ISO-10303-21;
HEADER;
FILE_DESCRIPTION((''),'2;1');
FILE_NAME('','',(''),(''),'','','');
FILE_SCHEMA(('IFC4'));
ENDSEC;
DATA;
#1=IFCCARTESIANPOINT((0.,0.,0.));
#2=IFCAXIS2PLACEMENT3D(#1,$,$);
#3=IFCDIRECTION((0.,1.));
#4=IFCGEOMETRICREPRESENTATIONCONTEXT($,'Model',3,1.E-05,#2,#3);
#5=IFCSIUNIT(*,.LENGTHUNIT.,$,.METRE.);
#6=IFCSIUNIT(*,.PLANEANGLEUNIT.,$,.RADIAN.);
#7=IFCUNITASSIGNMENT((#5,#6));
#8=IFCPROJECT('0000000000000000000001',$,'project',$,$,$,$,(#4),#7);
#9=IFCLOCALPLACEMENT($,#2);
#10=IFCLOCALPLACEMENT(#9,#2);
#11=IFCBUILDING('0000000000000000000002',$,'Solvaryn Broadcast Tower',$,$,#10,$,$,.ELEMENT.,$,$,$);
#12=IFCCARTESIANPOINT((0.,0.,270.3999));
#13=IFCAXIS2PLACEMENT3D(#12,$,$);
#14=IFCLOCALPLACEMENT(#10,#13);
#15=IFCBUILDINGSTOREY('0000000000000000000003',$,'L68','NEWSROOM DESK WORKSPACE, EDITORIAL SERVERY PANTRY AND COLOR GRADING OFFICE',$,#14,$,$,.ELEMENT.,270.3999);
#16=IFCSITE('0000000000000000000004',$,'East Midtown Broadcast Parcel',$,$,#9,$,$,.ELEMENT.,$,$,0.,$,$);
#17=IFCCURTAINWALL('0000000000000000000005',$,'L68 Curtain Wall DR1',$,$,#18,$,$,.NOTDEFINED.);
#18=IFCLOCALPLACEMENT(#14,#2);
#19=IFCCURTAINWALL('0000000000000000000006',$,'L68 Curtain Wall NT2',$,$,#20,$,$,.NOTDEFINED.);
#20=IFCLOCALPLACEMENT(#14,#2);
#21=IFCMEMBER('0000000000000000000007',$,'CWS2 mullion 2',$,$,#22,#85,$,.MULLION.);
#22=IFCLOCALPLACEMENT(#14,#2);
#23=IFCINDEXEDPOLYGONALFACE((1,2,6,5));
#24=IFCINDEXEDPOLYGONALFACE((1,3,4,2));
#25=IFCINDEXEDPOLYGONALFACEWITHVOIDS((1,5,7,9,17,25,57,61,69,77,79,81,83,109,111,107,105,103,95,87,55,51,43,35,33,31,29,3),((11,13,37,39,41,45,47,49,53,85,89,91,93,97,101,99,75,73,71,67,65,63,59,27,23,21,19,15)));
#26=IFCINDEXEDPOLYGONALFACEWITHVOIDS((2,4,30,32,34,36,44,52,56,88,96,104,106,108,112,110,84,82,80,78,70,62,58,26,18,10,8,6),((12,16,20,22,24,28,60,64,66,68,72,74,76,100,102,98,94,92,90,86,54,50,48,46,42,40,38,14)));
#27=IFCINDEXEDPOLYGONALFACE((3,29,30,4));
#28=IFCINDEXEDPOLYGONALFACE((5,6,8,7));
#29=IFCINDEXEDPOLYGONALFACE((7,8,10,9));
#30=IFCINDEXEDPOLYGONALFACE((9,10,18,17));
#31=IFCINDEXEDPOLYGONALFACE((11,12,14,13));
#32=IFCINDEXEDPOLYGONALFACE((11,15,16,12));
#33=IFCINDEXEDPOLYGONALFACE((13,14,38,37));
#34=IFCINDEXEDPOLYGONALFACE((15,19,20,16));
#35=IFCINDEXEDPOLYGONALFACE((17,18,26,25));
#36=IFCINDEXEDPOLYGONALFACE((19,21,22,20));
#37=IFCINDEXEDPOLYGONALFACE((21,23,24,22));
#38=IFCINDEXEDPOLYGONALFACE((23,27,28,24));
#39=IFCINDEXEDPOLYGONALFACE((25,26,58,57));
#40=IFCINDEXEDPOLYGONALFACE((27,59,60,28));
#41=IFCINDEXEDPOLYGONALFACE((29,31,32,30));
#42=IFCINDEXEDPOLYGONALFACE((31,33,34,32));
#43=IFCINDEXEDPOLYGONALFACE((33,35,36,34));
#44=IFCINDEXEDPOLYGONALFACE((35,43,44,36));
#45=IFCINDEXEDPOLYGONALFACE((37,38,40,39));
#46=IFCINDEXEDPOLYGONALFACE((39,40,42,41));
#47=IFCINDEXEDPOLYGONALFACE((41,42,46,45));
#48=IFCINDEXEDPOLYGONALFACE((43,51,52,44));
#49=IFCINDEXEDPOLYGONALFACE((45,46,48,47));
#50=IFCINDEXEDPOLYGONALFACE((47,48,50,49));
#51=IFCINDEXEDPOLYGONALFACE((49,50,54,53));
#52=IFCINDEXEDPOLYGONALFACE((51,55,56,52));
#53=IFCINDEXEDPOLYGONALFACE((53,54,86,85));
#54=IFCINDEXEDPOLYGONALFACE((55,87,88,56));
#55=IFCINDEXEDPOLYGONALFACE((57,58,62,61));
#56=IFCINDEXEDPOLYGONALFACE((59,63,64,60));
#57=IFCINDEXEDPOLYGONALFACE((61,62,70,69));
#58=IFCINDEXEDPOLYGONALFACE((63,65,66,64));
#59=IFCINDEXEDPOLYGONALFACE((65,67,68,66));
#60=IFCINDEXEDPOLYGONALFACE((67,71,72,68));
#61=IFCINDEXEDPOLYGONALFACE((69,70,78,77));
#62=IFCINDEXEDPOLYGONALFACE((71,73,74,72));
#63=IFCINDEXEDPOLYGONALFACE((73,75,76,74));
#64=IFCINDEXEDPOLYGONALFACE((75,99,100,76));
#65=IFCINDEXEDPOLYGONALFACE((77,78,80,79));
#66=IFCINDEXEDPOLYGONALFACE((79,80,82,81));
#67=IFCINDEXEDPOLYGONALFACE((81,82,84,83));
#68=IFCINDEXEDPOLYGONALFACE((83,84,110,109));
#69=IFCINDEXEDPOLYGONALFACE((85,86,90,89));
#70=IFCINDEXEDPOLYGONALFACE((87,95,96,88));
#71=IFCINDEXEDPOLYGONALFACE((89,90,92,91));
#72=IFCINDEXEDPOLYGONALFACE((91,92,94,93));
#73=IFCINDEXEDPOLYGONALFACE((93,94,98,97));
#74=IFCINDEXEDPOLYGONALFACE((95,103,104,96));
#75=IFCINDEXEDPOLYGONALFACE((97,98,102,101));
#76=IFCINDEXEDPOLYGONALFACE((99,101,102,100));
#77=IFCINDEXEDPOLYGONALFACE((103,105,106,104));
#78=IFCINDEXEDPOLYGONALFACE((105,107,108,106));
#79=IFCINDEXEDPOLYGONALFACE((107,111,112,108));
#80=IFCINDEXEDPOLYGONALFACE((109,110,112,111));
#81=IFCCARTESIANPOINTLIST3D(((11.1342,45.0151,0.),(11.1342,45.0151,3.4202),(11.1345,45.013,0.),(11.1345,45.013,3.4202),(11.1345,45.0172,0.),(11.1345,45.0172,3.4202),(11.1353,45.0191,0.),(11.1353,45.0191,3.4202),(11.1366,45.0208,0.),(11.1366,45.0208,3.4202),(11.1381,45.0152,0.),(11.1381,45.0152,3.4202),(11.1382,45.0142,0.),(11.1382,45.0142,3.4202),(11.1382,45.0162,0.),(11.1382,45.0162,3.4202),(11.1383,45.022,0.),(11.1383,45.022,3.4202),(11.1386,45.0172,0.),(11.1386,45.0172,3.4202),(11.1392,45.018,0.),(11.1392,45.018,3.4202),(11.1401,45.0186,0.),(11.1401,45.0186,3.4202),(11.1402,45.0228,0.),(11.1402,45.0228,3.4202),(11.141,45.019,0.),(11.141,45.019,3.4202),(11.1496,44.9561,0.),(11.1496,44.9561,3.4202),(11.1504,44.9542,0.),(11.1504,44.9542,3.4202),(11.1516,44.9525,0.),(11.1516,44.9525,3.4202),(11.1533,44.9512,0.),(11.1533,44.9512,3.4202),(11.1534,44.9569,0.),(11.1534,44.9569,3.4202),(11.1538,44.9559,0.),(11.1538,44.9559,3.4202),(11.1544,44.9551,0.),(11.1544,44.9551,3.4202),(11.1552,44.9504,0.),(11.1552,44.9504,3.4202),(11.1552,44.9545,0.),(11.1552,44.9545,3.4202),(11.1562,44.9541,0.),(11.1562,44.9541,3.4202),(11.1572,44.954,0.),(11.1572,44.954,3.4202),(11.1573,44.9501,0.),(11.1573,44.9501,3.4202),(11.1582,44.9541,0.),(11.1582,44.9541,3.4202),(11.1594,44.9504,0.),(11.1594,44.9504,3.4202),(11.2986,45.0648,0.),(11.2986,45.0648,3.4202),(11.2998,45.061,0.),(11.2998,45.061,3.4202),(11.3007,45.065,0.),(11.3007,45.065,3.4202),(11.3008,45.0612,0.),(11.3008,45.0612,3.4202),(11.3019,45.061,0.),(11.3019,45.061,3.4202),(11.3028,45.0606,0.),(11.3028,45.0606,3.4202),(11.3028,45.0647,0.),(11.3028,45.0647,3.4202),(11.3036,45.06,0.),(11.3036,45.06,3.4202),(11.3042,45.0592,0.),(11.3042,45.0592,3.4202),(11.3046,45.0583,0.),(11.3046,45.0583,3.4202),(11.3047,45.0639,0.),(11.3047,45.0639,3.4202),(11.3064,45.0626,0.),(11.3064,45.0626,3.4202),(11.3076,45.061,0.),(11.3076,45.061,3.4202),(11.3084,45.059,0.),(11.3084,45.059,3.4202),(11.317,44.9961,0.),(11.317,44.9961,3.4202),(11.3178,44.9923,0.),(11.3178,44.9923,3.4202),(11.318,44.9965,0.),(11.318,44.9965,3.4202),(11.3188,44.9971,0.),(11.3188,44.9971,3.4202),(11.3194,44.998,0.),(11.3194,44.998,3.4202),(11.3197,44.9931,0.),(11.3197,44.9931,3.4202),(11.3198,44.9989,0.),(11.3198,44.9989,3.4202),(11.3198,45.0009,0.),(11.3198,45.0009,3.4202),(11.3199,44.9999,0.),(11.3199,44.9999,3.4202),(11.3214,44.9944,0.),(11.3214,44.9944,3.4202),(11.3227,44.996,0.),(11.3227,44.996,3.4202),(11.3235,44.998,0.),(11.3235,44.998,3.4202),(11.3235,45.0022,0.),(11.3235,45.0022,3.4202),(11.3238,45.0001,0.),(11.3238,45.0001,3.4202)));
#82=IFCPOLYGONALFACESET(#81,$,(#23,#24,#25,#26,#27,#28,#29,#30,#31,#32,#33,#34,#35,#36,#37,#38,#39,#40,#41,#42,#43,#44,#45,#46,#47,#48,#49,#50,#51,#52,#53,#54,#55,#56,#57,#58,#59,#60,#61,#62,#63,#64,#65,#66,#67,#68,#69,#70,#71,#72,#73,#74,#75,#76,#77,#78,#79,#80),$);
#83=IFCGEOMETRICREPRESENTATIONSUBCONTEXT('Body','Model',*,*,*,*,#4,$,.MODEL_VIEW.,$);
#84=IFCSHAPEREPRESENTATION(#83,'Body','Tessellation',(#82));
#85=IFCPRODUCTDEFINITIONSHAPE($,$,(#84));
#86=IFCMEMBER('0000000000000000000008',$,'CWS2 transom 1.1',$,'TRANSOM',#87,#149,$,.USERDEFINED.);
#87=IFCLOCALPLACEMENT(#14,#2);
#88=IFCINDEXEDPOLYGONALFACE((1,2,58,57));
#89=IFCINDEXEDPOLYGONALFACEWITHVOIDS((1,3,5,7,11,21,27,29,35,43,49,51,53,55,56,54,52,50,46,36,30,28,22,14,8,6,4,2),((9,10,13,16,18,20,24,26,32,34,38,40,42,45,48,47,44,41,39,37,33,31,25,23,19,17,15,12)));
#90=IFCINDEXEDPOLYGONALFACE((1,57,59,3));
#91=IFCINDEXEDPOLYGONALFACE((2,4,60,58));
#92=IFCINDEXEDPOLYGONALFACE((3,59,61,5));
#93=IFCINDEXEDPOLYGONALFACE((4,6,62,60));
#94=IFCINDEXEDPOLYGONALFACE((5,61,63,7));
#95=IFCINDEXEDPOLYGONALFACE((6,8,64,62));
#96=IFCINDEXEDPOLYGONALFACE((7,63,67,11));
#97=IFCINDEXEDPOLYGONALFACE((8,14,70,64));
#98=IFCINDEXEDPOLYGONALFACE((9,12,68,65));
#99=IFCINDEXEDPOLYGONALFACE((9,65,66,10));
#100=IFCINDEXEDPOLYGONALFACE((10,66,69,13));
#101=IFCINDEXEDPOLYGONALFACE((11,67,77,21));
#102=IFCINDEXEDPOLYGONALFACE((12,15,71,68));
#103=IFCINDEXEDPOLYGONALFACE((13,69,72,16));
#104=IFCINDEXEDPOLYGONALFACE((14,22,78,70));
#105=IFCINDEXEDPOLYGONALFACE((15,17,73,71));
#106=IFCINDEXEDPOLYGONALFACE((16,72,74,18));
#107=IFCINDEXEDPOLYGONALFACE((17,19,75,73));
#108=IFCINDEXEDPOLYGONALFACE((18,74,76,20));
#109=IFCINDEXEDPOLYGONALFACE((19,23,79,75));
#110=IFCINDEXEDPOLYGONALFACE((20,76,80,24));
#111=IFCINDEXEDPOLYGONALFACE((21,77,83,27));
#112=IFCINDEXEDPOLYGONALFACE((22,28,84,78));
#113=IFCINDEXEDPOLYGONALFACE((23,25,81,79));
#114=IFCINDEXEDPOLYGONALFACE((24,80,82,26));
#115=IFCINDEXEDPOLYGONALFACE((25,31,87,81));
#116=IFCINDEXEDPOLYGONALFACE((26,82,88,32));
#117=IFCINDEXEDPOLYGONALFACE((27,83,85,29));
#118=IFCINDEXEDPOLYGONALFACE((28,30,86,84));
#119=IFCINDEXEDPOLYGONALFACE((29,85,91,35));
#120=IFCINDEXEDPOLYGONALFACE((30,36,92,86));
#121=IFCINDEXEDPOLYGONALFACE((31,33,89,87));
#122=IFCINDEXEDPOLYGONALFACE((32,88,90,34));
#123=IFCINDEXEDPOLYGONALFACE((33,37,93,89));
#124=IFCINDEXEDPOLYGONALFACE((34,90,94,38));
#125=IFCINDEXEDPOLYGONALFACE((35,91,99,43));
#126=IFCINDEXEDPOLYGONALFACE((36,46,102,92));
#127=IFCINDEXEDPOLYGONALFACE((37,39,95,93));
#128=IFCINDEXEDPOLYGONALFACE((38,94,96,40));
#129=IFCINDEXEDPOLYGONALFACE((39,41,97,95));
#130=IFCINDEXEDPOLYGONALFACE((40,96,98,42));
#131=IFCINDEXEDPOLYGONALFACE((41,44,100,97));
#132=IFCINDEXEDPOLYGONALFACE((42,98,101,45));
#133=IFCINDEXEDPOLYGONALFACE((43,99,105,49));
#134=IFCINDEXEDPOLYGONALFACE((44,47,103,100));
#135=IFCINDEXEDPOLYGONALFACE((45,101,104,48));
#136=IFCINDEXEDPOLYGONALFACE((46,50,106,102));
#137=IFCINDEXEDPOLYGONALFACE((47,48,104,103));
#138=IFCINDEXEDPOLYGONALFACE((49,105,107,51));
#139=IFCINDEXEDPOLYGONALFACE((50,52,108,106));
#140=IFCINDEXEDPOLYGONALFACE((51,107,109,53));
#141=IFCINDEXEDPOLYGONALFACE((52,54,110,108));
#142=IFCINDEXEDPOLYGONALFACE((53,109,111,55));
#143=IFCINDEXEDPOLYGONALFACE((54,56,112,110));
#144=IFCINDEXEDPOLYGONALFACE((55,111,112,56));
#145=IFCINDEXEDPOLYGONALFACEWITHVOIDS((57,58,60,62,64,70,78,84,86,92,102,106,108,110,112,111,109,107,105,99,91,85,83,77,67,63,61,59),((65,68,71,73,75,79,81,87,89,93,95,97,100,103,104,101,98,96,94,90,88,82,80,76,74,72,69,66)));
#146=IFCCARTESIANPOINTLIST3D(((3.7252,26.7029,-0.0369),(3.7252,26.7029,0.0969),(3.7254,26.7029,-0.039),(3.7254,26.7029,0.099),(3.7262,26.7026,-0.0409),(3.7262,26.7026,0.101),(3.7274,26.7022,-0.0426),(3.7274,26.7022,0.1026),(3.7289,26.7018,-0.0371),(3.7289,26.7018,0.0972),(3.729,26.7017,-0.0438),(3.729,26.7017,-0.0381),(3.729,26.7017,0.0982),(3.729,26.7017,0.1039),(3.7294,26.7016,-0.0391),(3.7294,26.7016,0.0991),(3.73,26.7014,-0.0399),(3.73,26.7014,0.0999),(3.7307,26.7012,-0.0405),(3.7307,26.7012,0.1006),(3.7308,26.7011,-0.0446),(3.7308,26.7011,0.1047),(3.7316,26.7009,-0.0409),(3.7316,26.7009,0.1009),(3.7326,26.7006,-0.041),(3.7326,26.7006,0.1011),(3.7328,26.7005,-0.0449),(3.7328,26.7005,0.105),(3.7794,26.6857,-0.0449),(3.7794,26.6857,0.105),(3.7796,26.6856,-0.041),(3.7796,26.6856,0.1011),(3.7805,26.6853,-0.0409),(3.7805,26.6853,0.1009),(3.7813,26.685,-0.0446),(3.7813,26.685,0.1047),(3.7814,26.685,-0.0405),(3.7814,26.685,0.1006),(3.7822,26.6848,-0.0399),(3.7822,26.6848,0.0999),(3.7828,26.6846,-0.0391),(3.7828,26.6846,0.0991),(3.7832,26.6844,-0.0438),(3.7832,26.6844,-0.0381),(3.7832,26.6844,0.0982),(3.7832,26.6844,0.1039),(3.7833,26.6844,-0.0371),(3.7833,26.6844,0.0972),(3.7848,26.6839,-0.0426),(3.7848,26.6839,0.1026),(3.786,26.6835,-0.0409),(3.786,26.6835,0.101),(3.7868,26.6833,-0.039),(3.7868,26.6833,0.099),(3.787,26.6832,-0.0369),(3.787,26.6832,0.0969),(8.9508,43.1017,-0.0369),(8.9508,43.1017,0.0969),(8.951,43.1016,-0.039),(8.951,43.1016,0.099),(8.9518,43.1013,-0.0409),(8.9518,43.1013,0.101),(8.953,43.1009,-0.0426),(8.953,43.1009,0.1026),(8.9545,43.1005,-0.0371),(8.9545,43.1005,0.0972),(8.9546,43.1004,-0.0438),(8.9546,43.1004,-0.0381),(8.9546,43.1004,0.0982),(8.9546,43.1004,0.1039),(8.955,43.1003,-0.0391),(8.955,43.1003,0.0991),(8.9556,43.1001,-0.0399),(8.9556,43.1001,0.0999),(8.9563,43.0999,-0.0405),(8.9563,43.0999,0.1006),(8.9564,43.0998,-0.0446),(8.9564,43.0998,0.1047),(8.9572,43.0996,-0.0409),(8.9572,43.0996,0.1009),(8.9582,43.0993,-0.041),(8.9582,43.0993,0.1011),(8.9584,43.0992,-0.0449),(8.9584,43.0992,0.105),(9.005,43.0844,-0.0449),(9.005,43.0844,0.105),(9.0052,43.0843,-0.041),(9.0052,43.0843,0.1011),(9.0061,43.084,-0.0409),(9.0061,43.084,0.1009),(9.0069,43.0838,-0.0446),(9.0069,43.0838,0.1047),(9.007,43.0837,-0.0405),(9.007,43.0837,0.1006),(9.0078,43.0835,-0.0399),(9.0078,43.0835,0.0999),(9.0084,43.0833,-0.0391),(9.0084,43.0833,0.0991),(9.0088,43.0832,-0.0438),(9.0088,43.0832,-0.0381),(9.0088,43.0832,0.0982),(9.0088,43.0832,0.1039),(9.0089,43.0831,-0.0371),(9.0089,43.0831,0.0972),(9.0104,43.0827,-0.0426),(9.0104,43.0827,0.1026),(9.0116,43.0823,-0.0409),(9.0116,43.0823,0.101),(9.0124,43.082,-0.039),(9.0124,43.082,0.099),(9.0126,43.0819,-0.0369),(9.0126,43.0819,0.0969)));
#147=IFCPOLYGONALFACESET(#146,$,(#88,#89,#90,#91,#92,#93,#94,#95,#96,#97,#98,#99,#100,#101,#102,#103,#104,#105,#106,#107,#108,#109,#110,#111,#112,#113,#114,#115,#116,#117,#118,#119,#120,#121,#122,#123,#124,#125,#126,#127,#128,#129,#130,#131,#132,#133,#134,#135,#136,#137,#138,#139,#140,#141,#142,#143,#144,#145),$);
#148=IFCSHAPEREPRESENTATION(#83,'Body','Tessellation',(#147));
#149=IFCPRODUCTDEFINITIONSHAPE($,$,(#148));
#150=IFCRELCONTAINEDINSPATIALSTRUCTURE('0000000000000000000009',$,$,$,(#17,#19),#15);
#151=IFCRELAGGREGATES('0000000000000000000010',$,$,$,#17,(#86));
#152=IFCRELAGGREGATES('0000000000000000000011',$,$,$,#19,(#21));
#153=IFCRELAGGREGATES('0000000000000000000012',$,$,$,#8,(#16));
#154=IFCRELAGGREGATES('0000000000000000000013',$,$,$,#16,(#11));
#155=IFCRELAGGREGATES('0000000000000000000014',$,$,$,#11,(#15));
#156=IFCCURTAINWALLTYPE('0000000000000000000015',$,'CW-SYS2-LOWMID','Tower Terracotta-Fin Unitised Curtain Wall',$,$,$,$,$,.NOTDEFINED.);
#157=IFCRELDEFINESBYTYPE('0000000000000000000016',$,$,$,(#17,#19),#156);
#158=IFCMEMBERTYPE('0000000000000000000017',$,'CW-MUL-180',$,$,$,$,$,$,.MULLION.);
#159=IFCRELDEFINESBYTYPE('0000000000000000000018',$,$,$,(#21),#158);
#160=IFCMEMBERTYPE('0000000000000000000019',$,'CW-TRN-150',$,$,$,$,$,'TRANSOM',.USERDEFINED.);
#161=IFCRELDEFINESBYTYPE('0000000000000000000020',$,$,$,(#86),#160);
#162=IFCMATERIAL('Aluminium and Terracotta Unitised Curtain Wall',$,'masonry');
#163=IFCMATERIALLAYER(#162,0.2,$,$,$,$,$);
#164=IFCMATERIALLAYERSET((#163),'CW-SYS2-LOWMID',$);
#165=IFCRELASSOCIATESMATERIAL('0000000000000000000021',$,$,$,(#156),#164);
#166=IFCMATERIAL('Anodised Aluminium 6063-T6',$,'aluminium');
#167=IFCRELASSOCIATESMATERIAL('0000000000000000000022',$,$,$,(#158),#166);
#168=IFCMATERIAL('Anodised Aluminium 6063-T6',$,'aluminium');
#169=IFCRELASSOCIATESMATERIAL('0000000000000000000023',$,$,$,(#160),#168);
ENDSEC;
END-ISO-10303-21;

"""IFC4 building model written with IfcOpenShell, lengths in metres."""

from ifc_helpers import new_model, si_unit, direction, frame, origin, origin_2d, place, context, subcontext, project, spatial, hollow_rectangle, extrude, material, layer, layer_set, material_profile, profile_set, type_object, element, aggregate, save


model = new_model("IFC4")

# Units and contexts
model_context = context("Model", 3, precision=1e-05, world=origin(), true_north=direction((0.0, 1.0)))
body_context = subcontext(model_context, "Body", "Model", "MODEL_VIEW")
ifc_project = project(units=[si_unit("LENGTHUNIT", "METRE"), si_unit("PLANEANGLEUNIT", "RADIAN")], contexts=[model_context])

# Site, building, storey
site_placement = place(None, origin())
site = spatial("IfcSite", under=ifc_project, at=site_placement, Name="East Midtown Broadcast Parcel", CompositionType="ELEMENT", RefElevation=0.0)
building_placement = place(site_placement, origin())
building = spatial("IfcBuilding", under=site, at=building_placement, Name="Solvaryn Broadcast Tower", CompositionType="ELEMENT")
storey_placement = place(building_placement, frame((0.0, 0.0, 270.3999)))
storey = spatial("IfcBuildingStorey", under=building, at=storey_placement, Name="L68", Description="NEWSROOM DESK WORKSPACE, EDITORIAL SERVERY PANTRY AND COLOR GRADING OFFICE", CompositionType="ELEMENT", Elevation=270.3999)

# Curtain wall
ifc_material_1 = material(Name="Aluminium and Terracotta Unitised Curtain Wall", Category="masonry")
ifc_layer_1 = layer(ifc_material_1, 0.2)
ifc_layer_set_1 = layer_set([ifc_layer_1], Name="CW-SYS2-LOWMID")
curtain_wall_type = type_object("IfcCurtainWallType", Name="CW-SYS2-LOWMID", Description="Tower Terracotta-Fin Unitised Curtain Wall", PredefinedType="NOTDEFINED", material=ifc_layer_set_1)
curtain_wall_1_placement = place(storey_placement, origin())
curtain_wall_1 = element("IfcCurtainWall", 1, at=curtain_wall_1_placement, inside=storey, type_object=curtain_wall_type, Name="L68 Curtain Wall DR1", PredefinedType="NOTDEFINED")
ifc_material_2 = material(Name="Anodised Aluminium 6063-T6", Category="aluminium")
ifc_material_profile_1 = material_profile(ifc_material_2, hollow_rectangle(XDim=0.075, YDim=0.1799, WallThickness=0.0039, InnerFilletRadius=0.0039, OuterFilletRadius=0.0081, at=origin_2d()))
ifc_profile_set_1 = profile_set([ifc_material_profile_1], Name="Anodised Aluminium 6063-T6")
member_type_1 = type_object("IfcMemberType", Name="CW-MUL-180", PredefinedType="MULLION", material=ifc_profile_set_1)

# Curtain wall, member
curtain_wall_2_placement = place(storey_placement, origin())
curtain_wall_2 = element("IfcCurtainWall", 2, at=curtain_wall_2_placement, inside=storey, type_object=curtain_wall_type, Name="L68 Curtain Wall NT2", PredefinedType="NOTDEFINED")
member_1_placement = place(storey_placement, frame((11.229, 45.0076, 0.0), z_axis=(0.0, 0.0, 1.0), x_axis=(0.255893, -0.966705, 0.0)))
member_1 = element("IfcMember", 3, at=member_1_placement, type_object=member_type_1, Name="CWS2 mullion 2", PredefinedType="MULLION", context=body_context, shape_type="SweptSolid", body=[
    extrude(hollow_rectangle(XDim=0.075, YDim=0.1799, WallThickness=0.0039, InnerFilletRadius=0.0039, OuterFilletRadius=0.0081, at=origin_2d()), origin(), (0.0, 0.0, 1.0), 3.4202),
])

# Member
ifc_material_3 = material(Name="Anodised Aluminium 6063-T6", Category="aluminium")
ifc_material_profile_2 = material_profile(ifc_material_3, hollow_rectangle(XDim=0.0649, YDim=0.1499, WallThickness=0.0039, InnerFilletRadius=0.0039, OuterFilletRadius=0.0081, at=origin_2d()))
ifc_profile_set_2 = profile_set([ifc_material_profile_2], Name="Anodised Aluminium 6063-T6")
member_type_2 = type_object("IfcMemberType", Name="CW-TRN-150", ElementType="TRANSOM", PredefinedType="USERDEFINED", material=ifc_profile_set_2)
member_2_placement = place(storey_placement, frame((8.9817, 43.0918, 0.03), z_axis=(-0.303616, -0.952794, 0.0), x_axis=(0.952794, -0.303616, 0.0)))
member_2 = element("IfcMember", 4, at=member_2_placement, type_object=member_type_2, Name="CWS2 transom 1.1", ObjectType="TRANSOM", PredefinedType="USERDEFINED", context=body_context, shape_type="SweptSolid", body=[
    extrude(hollow_rectangle(XDim=0.0649, YDim=0.1499, WallThickness=0.0039, InnerFilletRadius=0.0039, OuterFilletRadius=0.0081, at=origin_2d()), origin(), (0.0, 0.0, 1.0), 17.2112),
])
aggregate(curtain_wall_1, [member_2])

aggregate(curtain_wall_2, [member_1])

save(model, "model.ifc")
